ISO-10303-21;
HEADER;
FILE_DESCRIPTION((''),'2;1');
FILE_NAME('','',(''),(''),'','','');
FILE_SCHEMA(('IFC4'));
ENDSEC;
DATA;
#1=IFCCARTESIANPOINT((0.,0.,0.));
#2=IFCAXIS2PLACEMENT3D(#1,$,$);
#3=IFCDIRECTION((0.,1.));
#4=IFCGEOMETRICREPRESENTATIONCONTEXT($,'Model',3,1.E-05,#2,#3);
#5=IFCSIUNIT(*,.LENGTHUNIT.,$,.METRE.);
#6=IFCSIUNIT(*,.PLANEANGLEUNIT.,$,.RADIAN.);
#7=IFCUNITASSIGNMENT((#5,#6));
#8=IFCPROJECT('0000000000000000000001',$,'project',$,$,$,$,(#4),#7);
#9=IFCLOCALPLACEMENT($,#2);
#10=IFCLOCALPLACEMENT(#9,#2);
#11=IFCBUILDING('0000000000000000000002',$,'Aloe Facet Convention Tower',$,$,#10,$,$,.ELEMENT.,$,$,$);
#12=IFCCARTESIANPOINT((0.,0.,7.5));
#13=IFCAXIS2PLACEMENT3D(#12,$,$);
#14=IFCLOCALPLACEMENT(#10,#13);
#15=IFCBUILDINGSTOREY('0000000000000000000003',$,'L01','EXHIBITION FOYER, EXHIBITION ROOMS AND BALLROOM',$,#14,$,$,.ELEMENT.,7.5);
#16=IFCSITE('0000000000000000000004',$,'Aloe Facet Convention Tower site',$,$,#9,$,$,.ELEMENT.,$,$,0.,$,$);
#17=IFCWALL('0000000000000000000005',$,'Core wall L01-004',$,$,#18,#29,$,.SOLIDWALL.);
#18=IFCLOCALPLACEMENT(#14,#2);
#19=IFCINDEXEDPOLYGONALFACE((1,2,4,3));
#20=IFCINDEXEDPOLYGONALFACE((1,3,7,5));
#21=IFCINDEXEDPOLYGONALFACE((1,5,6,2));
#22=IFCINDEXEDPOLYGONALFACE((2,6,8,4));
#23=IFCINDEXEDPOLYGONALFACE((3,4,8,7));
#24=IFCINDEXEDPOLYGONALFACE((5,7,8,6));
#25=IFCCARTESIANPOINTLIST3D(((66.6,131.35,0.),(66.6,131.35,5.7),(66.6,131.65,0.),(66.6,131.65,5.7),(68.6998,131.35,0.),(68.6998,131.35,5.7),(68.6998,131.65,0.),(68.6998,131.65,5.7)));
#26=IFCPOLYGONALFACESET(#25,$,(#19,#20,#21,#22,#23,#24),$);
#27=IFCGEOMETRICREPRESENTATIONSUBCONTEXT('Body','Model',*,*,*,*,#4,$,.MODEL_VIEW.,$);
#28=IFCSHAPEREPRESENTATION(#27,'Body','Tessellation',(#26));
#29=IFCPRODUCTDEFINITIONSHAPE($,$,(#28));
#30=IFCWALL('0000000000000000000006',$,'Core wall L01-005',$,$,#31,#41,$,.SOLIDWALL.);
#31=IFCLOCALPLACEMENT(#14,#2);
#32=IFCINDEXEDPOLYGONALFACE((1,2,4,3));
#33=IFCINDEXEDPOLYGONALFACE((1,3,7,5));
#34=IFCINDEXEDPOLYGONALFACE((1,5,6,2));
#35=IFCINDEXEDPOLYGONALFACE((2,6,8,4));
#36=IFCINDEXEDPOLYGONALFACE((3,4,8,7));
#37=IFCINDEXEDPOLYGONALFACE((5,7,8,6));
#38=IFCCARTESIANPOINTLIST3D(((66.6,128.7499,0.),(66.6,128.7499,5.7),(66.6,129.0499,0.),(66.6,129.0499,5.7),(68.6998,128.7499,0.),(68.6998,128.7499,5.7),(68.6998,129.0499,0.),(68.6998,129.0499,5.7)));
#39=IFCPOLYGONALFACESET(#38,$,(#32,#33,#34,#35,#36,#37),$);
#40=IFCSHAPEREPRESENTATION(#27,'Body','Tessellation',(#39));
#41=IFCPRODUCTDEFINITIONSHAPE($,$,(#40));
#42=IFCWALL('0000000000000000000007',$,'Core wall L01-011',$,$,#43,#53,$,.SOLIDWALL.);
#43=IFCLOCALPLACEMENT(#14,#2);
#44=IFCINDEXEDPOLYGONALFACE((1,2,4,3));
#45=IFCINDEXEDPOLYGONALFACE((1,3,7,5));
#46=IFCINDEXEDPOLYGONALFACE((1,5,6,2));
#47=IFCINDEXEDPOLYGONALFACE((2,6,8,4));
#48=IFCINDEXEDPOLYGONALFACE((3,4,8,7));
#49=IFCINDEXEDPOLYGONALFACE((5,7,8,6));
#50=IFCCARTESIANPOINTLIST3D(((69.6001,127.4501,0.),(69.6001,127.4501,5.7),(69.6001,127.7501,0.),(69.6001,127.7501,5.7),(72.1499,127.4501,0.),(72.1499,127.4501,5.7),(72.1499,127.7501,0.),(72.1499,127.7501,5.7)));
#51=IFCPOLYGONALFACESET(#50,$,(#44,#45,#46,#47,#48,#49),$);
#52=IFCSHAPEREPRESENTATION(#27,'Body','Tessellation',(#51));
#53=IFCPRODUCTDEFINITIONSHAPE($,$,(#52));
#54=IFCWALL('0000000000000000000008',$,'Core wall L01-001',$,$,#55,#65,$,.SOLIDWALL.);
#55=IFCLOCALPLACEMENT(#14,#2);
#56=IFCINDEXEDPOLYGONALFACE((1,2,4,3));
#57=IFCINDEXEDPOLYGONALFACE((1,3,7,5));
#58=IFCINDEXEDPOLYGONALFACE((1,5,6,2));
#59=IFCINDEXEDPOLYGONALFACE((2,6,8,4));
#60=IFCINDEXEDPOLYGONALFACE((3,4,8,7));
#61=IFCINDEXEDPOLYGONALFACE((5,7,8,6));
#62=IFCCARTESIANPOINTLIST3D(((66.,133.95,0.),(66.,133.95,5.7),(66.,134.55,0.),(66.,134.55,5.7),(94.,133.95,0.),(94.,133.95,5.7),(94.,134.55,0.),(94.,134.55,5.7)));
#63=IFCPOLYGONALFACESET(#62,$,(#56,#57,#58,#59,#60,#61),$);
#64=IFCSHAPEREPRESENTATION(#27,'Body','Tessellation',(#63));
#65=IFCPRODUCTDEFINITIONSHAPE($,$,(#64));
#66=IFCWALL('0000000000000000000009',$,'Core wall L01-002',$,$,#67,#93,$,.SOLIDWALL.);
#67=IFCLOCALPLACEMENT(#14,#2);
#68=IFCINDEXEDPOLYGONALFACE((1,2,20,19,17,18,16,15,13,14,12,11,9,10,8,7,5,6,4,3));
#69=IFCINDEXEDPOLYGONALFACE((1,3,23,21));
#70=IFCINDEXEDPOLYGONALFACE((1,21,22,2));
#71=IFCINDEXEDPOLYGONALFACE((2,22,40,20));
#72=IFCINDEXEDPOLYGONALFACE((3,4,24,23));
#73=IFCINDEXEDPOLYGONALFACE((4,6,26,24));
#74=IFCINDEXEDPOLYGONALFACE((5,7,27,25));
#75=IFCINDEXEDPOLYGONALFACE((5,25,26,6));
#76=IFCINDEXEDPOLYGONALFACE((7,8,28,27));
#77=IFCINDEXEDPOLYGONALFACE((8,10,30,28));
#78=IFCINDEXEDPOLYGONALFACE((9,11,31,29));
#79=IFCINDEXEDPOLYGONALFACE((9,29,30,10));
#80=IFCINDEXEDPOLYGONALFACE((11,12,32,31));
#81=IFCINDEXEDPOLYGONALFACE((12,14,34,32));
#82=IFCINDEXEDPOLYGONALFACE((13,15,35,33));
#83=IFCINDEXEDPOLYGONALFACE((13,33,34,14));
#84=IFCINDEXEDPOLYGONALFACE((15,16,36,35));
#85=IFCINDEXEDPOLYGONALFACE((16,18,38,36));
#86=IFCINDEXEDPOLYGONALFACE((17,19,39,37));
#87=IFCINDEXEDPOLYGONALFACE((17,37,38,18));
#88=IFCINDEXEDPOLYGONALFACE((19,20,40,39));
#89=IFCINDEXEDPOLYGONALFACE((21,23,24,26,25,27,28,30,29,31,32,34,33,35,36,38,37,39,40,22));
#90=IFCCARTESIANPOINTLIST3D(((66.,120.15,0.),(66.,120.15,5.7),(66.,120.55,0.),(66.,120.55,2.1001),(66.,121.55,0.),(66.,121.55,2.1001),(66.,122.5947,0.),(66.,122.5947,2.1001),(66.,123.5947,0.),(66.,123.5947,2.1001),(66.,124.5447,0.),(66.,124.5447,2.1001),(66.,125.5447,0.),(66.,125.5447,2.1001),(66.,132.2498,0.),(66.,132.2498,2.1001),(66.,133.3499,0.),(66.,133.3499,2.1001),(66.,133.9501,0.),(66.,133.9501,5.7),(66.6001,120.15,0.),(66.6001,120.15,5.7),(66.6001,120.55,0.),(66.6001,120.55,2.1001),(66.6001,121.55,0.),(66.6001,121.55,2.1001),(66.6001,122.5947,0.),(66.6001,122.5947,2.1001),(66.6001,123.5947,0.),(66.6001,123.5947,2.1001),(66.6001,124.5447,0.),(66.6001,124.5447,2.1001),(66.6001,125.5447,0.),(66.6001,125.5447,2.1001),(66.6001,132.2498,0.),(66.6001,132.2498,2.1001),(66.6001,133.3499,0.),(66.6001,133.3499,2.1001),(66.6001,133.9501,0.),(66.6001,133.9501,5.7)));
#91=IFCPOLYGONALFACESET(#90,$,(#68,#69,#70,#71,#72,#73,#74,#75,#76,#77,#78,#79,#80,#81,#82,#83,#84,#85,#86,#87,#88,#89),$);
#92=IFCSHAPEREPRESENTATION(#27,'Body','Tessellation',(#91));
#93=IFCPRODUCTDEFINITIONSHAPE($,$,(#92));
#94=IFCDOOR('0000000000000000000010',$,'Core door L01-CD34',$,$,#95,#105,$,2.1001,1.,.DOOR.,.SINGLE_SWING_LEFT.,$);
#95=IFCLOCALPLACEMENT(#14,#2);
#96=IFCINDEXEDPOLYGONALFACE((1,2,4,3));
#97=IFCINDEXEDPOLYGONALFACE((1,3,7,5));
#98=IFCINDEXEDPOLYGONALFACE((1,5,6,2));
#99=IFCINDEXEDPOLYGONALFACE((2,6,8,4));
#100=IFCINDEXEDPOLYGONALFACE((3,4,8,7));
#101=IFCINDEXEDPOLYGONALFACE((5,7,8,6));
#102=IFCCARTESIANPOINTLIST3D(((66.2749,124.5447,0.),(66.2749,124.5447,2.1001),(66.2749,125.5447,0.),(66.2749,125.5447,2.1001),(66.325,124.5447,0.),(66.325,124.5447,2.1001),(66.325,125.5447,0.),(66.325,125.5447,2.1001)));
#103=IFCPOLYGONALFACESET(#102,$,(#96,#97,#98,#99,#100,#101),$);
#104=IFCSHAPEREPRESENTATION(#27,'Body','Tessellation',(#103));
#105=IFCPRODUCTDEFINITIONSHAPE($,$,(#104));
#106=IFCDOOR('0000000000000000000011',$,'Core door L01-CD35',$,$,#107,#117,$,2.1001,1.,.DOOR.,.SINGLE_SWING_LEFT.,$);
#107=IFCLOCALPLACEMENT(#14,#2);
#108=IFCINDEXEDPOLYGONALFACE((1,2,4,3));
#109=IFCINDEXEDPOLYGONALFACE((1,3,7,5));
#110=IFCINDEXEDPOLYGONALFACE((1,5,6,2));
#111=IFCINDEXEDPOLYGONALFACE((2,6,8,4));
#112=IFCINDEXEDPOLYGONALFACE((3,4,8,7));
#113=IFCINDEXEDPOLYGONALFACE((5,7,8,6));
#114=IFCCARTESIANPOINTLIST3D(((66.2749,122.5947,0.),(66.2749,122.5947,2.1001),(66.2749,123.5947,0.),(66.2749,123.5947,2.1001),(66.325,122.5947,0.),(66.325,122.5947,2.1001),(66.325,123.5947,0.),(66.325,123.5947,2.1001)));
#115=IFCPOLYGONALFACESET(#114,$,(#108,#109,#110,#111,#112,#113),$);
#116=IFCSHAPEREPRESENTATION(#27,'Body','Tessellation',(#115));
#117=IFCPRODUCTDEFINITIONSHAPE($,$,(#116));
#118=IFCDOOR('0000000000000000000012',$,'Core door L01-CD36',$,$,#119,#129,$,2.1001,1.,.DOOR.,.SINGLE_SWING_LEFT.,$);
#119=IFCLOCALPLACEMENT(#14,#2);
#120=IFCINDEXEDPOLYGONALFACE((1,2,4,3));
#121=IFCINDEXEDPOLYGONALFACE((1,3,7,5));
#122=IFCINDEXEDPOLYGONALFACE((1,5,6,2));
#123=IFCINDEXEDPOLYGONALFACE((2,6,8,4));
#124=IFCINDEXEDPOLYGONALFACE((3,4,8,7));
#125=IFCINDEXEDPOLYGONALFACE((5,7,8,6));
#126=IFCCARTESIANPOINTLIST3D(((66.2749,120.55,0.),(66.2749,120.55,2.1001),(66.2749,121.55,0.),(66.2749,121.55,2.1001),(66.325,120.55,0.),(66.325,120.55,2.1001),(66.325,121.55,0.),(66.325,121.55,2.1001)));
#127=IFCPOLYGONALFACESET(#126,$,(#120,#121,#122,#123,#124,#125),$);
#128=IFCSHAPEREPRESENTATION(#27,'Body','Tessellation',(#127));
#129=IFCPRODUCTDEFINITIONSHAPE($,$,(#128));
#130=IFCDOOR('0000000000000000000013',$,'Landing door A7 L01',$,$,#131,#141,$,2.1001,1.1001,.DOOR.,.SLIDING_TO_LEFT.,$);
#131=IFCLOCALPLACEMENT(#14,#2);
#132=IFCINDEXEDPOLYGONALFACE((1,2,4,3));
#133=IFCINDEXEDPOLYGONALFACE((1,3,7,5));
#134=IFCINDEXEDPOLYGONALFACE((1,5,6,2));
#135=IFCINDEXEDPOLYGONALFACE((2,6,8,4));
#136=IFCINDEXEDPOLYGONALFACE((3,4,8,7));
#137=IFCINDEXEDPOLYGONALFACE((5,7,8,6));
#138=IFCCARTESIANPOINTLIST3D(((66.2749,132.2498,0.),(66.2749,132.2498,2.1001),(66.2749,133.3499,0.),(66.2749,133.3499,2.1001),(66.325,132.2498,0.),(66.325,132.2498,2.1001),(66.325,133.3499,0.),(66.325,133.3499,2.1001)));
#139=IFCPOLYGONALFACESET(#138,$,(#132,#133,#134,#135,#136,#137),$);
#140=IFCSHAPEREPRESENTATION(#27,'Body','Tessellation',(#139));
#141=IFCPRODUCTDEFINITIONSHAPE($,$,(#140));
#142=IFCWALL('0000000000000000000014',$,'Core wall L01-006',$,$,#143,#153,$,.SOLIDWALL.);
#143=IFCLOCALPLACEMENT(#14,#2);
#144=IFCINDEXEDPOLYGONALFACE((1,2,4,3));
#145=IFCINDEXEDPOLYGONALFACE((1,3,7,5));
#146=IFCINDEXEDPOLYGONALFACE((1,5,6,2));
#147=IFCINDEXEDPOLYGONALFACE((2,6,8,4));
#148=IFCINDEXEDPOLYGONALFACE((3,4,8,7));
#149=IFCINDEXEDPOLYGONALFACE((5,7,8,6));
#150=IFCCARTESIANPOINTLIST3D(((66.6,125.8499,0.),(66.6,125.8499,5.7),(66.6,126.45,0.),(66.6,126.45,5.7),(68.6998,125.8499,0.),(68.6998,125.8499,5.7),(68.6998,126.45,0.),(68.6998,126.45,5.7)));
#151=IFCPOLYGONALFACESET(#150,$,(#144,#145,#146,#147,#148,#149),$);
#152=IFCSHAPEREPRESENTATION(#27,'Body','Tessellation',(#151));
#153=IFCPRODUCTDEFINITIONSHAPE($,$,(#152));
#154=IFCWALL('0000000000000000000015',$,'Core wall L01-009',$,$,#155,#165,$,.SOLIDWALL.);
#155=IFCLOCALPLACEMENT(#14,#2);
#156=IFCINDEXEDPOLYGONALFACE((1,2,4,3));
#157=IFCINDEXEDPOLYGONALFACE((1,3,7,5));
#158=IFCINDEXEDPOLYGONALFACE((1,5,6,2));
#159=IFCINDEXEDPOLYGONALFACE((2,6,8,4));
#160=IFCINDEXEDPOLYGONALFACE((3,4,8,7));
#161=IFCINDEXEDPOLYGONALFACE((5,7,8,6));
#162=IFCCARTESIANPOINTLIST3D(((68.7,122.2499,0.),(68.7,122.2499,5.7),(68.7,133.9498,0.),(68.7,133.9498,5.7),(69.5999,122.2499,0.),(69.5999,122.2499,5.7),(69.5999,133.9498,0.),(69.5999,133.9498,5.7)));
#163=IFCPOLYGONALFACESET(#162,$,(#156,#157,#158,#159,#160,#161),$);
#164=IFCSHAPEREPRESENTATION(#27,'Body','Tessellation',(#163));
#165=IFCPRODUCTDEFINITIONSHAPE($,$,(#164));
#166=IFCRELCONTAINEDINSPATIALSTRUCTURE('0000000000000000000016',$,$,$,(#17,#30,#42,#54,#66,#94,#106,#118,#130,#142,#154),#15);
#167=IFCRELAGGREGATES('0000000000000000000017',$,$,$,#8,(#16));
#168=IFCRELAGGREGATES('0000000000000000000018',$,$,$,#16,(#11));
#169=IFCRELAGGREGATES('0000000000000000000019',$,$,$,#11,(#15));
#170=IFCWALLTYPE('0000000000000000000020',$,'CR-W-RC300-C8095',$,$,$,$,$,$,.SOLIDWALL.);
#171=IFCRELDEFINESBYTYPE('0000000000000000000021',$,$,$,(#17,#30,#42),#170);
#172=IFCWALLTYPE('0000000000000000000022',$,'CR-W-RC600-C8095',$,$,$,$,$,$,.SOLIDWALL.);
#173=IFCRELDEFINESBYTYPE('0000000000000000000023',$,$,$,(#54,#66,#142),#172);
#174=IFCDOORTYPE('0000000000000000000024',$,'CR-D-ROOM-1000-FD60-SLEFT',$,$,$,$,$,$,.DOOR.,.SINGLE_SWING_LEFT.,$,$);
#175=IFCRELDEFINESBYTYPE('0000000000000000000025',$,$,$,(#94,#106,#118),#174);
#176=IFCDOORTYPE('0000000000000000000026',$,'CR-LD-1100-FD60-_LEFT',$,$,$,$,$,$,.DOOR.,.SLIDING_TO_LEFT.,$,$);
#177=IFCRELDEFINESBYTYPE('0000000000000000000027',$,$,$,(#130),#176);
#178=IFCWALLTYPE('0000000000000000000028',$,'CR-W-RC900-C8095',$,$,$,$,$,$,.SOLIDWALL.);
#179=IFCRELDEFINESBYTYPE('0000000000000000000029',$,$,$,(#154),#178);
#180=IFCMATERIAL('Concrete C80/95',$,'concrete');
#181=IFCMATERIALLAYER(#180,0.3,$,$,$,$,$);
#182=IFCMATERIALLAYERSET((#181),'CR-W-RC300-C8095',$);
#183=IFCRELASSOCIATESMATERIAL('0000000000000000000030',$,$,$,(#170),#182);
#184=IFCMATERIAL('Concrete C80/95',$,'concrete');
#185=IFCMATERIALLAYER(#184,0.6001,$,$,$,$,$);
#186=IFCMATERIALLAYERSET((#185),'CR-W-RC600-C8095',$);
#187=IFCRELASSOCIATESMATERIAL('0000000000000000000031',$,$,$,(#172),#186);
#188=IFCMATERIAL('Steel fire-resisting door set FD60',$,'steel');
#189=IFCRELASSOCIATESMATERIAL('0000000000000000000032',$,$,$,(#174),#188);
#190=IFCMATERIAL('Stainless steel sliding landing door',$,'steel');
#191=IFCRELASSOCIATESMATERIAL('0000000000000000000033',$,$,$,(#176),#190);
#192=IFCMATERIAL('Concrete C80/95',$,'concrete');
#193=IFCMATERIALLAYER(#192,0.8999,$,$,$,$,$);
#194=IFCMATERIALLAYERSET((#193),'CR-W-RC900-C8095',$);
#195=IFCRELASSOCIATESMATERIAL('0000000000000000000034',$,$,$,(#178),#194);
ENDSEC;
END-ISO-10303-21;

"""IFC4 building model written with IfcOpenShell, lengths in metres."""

from ifc_helpers import new_model, si_unit, direction, frame, frame_2d, origin, place, context, subcontext, project, spatial, rectangle, extrude, material, layer, layer_set, type_object, element, fill, save


model = new_model("IFC4")

# Units and contexts
model_context = context("Model", 3, precision=1e-05, world=origin(), true_north=direction((0.0, 1.0)))
body_context = subcontext(model_context, "Body", "Model", "MODEL_VIEW")
ifc_project = project(units=[si_unit("LENGTHUNIT", "METRE"), si_unit("PLANEANGLEUNIT", "RADIAN")], contexts=[model_context])

# Site, building, storey
site_placement = place(None, origin())
site = spatial("IfcSite", under=ifc_project, at=site_placement, Name="Aloe Facet Convention Tower site", CompositionType="ELEMENT", RefElevation=0.0)
building_placement = place(site_placement, origin())
building = spatial("IfcBuilding", under=site, at=building_placement, Name="Aloe Facet Convention Tower", CompositionType="ELEMENT")
storey_placement = place(building_placement, frame((0.0, 0.0, 7.5)))
storey = spatial("IfcBuildingStorey", under=building, at=storey_placement, Name="L01", Description="EXHIBITION FOYER, EXHIBITION ROOMS AND BALLROOM", CompositionType="ELEMENT", Elevation=7.5)

# Walls
ifc_material_1 = material(Name="Concrete C80/95", Category="concrete")
ifc_layer_1 = layer(ifc_material_1, 0.3)
ifc_layer_set_1 = layer_set([ifc_layer_1], Name="CR-W-RC300-C8095")
wall_type_1 = type_object("IfcWallType", Name="CR-W-RC300-C8095", PredefinedType="SOLIDWALL", material=ifc_layer_set_1)
for number, where, z_axis, x_axis, name in (
    (1, (66.6001, 131.5, 0.0), (0.0, 0.0, 1.0), (1.0, 0.0, 0.0), "Core wall L01-004"),
    (2, (66.6001, 128.8999, 0.0), (0.0, 0.0, 1.0), (1.0, 0.0, 0.0), "Core wall L01-005"),
):
    element("IfcWall", number, at=place(storey_placement, frame(where, z_axis=z_axis, x_axis=x_axis)), inside=storey, type_object=wall_type_1, Name=name, PredefinedType="SOLIDWALL", context=body_context, shape_type="SweptSolid", body=[
        extrude(rectangle(XDim=2.0999, YDim=0.3, at=frame_2d((1.0498, 0.0))), origin(), (0.0, 0.0, 1.0), 5.7),
    ])
wall_1_placement = place(storey_placement, frame((69.6001, 127.6001, 0.0), z_axis=(0.0, 0.0, 1.0), x_axis=(1.0, 0.0, 0.0)))
element("IfcWall", 3, at=wall_1_placement, inside=storey, type_object=wall_type_1, Name="Core wall L01-011", PredefinedType="SOLIDWALL", context=body_context, shape_type="SweptSolid", body=[
    extrude(rectangle(XDim=2.5498, YDim=0.3, at=frame_2d((1.2749, 0.0))), origin(), (0.0, 0.0, 1.0), 5.7),
])
ifc_material_2 = material(Name="Concrete C80/95", Category="concrete")
ifc_layer_2 = layer(ifc_material_2, 0.6001)
ifc_layer_set_2 = layer_set([ifc_layer_2], Name="CR-W-RC600-C8095")
wall_type_2 = type_object("IfcWallType", Name="CR-W-RC600-C8095", PredefinedType="SOLIDWALL", material=ifc_layer_set_2)
wall_2_placement = place(storey_placement, frame((66.0, 134.25, 0.0), z_axis=(0.0, 0.0, 1.0), x_axis=(1.0, 0.0, 0.0)))
element("IfcWall", 4, at=wall_2_placement, inside=storey, type_object=wall_type_2, Name="Core wall L01-001", PredefinedType="SOLIDWALL", context=body_context, shape_type="SweptSolid", body=[
    extrude(rectangle(XDim=28.0, YDim=0.6001, at=frame_2d((14.0, 0.0))), origin(), (0.0, 0.0, 1.0), 5.7),
])

# Wall, openings, doors
wall_3_placement = place(storey_placement, frame((66.3, 133.95, 0.0), z_axis=(0.0, 0.0, 1.0), x_axis=(0.0, -1.0, 0.0)))
wall_3 = element("IfcWall", 5, at=wall_3_placement, inside=storey, type_object=wall_type_2, Name="Core wall L01-002", PredefinedType="SOLIDWALL", context=body_context, shape_type="SweptSolid", body=[
    extrude(rectangle(XDim=13.8, YDim=0.6001, at=frame_2d((6.8999, 0.0))), origin(), (0.0, 0.0, 1.0), 5.7),
])
opening_1_placement = place(wall_3_placement, frame((0.6001, 0.0, 0.0)))
opening_1 = element("IfcOpeningElement", 6, at=opening_1_placement, cuts=wall_3, PredefinedType="OPENING", context=body_context, shape_type="SweptSolid", body=[
    extrude(rectangle(XDim=1.1001, YDim=2.1001, at=frame_2d((0.55, 1.05))), frame((0.0, 0.3101, 0.0), z_axis=(0.0, -1.0, 0.0), x_axis=(1.0, 0.0, 0.0)), (0.0, 0.0, 1.0), 0.6201),
])
opening_2_placement = place(wall_3_placement, frame((8.4053, 0.0, 0.0)))
opening_2 = element("IfcOpeningElement", 7, at=opening_2_placement, cuts=wall_3, PredefinedType="OPENING", context=body_context, shape_type="SweptSolid", body=[
    extrude(rectangle(XDim=1.0, YDim=2.1001, at=frame_2d((0.5, 1.05))), frame((0.0, 0.3101, 0.0), z_axis=(0.0, -1.0, 0.0), x_axis=(1.0, 0.0, 0.0)), (0.0, 0.0, 1.0), 0.6201),
])
opening_3_placement = place(wall_3_placement, frame((10.3552, 0.0, 0.0)))
opening_3 = element("IfcOpeningElement", 8, at=opening_3_placement, cuts=wall_3, PredefinedType="OPENING", context=body_context, shape_type="SweptSolid", body=[
    extrude(rectangle(XDim=1.0, YDim=2.1001, at=frame_2d((0.5, 1.05))), frame((0.0, 0.3101, 0.0), z_axis=(0.0, -1.0, 0.0), x_axis=(1.0, 0.0, 0.0)), (0.0, 0.0, 1.0), 0.6201),
])
opening_4_placement = place(wall_3_placement, frame((12.3999, 0.0, 0.0)))
opening_4 = element("IfcOpeningElement", 9, at=opening_4_placement, cuts=wall_3, PredefinedType="OPENING", context=body_context, shape_type="SweptSolid", body=[
    extrude(rectangle(XDim=1.0, YDim=2.1001, at=frame_2d((0.5, 1.05))), frame((0.0, 0.3101, 0.0), z_axis=(0.0, -1.0, 0.0), x_axis=(1.0, 0.0, 0.0)), (0.0, 0.0, 1.0), 0.6201),
])
ifc_material_3 = material(Name="Steel fire-resisting door set FD60", Category="steel")
door_type_1 = type_object("IfcDoorType", Name="CR-D-ROOM-1000-FD60-SLEFT", OperationType="SINGLE_SWING_LEFT", PredefinedType="DOOR", material=ifc_material_3)
door_1_placement = place(opening_2_placement, origin())
door_1 = element("IfcDoor", 10, at=door_1_placement, inside=storey, type_object=door_type_1, Name="Core door L01-CD34", OperationType="SINGLE_SWING_LEFT", OverallHeight=2.1001, OverallWidth=1.0, PredefinedType="DOOR", context=body_context, shape_type="SweptSolid", body=[
    extrude(rectangle(XDim=1.0, YDim=2.1001, at=frame_2d((0.5, 1.05))), frame((0.0, 0.0249, 0.0), z_axis=(0.0, -1.0, 0.0), x_axis=(1.0, 0.0, 0.0)), (0.0, 0.0, 1.0), 0.05),
])
fill(opening_2, door_1)
door_2_placement = place(opening_3_placement, origin())
door_2 = element("IfcDoor", 11, at=door_2_placement, inside=storey, type_object=door_type_1, Name="Core door L01-CD35", OperationType="SINGLE_SWING_LEFT", OverallHeight=2.1001, OverallWidth=1.0, PredefinedType="DOOR", context=body_context, shape_type="SweptSolid", body=[
    extrude(rectangle(XDim=1.0, YDim=2.1001, at=frame_2d((0.5, 1.05))), frame((0.0, 0.0249, 0.0), z_axis=(0.0, -1.0, 0.0), x_axis=(1.0, 0.0, 0.0)), (0.0, 0.0, 1.0), 0.05),
])
fill(opening_3, door_2)
door_3_placement = place(opening_4_placement, origin())
door_3 = element("IfcDoor", 12, at=door_3_placement, inside=storey, type_object=door_type_1, Name="Core door L01-CD36", OperationType="SINGLE_SWING_LEFT", OverallHeight=2.1001, OverallWidth=1.0, PredefinedType="DOOR", context=body_context, shape_type="SweptSolid", body=[
    extrude(rectangle(XDim=1.0, YDim=2.1001, at=frame_2d((0.5, 1.05))), frame((0.0, 0.0249, 0.0), z_axis=(0.0, -1.0, 0.0), x_axis=(1.0, 0.0, 0.0)), (0.0, 0.0, 1.0), 0.05),
])
fill(opening_4, door_3)
ifc_material_4 = material(Name="Stainless steel sliding landing door", Category="steel")
door_type_2 = type_object("IfcDoorType", Name="CR-LD-1100-FD60-_LEFT", OperationType="SLIDING_TO_LEFT", PredefinedType="DOOR", material=ifc_material_4)
door_4_placement = place(opening_1_placement, origin())
door_4 = element("IfcDoor", 13, at=door_4_placement, inside=storey, type_object=door_type_2, Name="Landing door A7 L01", OperationType="SLIDING_TO_LEFT", OverallHeight=2.1001, OverallWidth=1.1001, PredefinedType="DOOR", context=body_context, shape_type="SweptSolid", body=[
    extrude(rectangle(XDim=1.1001, YDim=2.1001, at=frame_2d((0.55, 1.05))), frame((0.0, 0.0249, 0.0), z_axis=(0.0, -1.0, 0.0), x_axis=(1.0, 0.0, 0.0)), (0.0, 0.0, 1.0), 0.05),
])
fill(opening_1, door_4)

# Walls
wall_4_placement = place(storey_placement, frame((66.6001, 126.1499, 0.0), z_axis=(0.0, 0.0, 1.0), x_axis=(1.0, 0.0, 0.0)))
element("IfcWall", 14, at=wall_4_placement, inside=storey, type_object=wall_type_2, Name="Core wall L01-006", PredefinedType="SOLIDWALL", context=body_context, shape_type="SweptSolid", body=[
    extrude(rectangle(XDim=2.0999, YDim=0.6001, at=frame_2d((1.0498, 0.0))), origin(), (0.0, 0.0, 1.0), 5.7),
])
ifc_material_5 = material(Name="Concrete C80/95", Category="concrete")
ifc_layer_3 = layer(ifc_material_5, 0.8999)
ifc_layer_set_3 = layer_set([ifc_layer_3], Name="CR-W-RC900-C8095")
wall_type_3 = type_object("IfcWallType", Name="CR-W-RC900-C8095", PredefinedType="SOLIDWALL", material=ifc_layer_set_3)
wall_5_placement = place(storey_placement, frame((69.1499, 133.95, 0.0), z_axis=(0.0, 0.0, 1.0), x_axis=(0.0, -1.0, 0.0)))
element("IfcWall", 15, at=wall_5_placement, inside=storey, type_object=wall_type_3, Name="Core wall L01-009", PredefinedType="SOLIDWALL", context=body_context, shape_type="SweptSolid", body=[
    extrude(rectangle(XDim=11.7, YDim=0.8999, at=frame_2d((5.8501, 0.0))), origin(), (0.0, 0.0, 1.0), 5.7),
])

save(model, "model.ifc")
